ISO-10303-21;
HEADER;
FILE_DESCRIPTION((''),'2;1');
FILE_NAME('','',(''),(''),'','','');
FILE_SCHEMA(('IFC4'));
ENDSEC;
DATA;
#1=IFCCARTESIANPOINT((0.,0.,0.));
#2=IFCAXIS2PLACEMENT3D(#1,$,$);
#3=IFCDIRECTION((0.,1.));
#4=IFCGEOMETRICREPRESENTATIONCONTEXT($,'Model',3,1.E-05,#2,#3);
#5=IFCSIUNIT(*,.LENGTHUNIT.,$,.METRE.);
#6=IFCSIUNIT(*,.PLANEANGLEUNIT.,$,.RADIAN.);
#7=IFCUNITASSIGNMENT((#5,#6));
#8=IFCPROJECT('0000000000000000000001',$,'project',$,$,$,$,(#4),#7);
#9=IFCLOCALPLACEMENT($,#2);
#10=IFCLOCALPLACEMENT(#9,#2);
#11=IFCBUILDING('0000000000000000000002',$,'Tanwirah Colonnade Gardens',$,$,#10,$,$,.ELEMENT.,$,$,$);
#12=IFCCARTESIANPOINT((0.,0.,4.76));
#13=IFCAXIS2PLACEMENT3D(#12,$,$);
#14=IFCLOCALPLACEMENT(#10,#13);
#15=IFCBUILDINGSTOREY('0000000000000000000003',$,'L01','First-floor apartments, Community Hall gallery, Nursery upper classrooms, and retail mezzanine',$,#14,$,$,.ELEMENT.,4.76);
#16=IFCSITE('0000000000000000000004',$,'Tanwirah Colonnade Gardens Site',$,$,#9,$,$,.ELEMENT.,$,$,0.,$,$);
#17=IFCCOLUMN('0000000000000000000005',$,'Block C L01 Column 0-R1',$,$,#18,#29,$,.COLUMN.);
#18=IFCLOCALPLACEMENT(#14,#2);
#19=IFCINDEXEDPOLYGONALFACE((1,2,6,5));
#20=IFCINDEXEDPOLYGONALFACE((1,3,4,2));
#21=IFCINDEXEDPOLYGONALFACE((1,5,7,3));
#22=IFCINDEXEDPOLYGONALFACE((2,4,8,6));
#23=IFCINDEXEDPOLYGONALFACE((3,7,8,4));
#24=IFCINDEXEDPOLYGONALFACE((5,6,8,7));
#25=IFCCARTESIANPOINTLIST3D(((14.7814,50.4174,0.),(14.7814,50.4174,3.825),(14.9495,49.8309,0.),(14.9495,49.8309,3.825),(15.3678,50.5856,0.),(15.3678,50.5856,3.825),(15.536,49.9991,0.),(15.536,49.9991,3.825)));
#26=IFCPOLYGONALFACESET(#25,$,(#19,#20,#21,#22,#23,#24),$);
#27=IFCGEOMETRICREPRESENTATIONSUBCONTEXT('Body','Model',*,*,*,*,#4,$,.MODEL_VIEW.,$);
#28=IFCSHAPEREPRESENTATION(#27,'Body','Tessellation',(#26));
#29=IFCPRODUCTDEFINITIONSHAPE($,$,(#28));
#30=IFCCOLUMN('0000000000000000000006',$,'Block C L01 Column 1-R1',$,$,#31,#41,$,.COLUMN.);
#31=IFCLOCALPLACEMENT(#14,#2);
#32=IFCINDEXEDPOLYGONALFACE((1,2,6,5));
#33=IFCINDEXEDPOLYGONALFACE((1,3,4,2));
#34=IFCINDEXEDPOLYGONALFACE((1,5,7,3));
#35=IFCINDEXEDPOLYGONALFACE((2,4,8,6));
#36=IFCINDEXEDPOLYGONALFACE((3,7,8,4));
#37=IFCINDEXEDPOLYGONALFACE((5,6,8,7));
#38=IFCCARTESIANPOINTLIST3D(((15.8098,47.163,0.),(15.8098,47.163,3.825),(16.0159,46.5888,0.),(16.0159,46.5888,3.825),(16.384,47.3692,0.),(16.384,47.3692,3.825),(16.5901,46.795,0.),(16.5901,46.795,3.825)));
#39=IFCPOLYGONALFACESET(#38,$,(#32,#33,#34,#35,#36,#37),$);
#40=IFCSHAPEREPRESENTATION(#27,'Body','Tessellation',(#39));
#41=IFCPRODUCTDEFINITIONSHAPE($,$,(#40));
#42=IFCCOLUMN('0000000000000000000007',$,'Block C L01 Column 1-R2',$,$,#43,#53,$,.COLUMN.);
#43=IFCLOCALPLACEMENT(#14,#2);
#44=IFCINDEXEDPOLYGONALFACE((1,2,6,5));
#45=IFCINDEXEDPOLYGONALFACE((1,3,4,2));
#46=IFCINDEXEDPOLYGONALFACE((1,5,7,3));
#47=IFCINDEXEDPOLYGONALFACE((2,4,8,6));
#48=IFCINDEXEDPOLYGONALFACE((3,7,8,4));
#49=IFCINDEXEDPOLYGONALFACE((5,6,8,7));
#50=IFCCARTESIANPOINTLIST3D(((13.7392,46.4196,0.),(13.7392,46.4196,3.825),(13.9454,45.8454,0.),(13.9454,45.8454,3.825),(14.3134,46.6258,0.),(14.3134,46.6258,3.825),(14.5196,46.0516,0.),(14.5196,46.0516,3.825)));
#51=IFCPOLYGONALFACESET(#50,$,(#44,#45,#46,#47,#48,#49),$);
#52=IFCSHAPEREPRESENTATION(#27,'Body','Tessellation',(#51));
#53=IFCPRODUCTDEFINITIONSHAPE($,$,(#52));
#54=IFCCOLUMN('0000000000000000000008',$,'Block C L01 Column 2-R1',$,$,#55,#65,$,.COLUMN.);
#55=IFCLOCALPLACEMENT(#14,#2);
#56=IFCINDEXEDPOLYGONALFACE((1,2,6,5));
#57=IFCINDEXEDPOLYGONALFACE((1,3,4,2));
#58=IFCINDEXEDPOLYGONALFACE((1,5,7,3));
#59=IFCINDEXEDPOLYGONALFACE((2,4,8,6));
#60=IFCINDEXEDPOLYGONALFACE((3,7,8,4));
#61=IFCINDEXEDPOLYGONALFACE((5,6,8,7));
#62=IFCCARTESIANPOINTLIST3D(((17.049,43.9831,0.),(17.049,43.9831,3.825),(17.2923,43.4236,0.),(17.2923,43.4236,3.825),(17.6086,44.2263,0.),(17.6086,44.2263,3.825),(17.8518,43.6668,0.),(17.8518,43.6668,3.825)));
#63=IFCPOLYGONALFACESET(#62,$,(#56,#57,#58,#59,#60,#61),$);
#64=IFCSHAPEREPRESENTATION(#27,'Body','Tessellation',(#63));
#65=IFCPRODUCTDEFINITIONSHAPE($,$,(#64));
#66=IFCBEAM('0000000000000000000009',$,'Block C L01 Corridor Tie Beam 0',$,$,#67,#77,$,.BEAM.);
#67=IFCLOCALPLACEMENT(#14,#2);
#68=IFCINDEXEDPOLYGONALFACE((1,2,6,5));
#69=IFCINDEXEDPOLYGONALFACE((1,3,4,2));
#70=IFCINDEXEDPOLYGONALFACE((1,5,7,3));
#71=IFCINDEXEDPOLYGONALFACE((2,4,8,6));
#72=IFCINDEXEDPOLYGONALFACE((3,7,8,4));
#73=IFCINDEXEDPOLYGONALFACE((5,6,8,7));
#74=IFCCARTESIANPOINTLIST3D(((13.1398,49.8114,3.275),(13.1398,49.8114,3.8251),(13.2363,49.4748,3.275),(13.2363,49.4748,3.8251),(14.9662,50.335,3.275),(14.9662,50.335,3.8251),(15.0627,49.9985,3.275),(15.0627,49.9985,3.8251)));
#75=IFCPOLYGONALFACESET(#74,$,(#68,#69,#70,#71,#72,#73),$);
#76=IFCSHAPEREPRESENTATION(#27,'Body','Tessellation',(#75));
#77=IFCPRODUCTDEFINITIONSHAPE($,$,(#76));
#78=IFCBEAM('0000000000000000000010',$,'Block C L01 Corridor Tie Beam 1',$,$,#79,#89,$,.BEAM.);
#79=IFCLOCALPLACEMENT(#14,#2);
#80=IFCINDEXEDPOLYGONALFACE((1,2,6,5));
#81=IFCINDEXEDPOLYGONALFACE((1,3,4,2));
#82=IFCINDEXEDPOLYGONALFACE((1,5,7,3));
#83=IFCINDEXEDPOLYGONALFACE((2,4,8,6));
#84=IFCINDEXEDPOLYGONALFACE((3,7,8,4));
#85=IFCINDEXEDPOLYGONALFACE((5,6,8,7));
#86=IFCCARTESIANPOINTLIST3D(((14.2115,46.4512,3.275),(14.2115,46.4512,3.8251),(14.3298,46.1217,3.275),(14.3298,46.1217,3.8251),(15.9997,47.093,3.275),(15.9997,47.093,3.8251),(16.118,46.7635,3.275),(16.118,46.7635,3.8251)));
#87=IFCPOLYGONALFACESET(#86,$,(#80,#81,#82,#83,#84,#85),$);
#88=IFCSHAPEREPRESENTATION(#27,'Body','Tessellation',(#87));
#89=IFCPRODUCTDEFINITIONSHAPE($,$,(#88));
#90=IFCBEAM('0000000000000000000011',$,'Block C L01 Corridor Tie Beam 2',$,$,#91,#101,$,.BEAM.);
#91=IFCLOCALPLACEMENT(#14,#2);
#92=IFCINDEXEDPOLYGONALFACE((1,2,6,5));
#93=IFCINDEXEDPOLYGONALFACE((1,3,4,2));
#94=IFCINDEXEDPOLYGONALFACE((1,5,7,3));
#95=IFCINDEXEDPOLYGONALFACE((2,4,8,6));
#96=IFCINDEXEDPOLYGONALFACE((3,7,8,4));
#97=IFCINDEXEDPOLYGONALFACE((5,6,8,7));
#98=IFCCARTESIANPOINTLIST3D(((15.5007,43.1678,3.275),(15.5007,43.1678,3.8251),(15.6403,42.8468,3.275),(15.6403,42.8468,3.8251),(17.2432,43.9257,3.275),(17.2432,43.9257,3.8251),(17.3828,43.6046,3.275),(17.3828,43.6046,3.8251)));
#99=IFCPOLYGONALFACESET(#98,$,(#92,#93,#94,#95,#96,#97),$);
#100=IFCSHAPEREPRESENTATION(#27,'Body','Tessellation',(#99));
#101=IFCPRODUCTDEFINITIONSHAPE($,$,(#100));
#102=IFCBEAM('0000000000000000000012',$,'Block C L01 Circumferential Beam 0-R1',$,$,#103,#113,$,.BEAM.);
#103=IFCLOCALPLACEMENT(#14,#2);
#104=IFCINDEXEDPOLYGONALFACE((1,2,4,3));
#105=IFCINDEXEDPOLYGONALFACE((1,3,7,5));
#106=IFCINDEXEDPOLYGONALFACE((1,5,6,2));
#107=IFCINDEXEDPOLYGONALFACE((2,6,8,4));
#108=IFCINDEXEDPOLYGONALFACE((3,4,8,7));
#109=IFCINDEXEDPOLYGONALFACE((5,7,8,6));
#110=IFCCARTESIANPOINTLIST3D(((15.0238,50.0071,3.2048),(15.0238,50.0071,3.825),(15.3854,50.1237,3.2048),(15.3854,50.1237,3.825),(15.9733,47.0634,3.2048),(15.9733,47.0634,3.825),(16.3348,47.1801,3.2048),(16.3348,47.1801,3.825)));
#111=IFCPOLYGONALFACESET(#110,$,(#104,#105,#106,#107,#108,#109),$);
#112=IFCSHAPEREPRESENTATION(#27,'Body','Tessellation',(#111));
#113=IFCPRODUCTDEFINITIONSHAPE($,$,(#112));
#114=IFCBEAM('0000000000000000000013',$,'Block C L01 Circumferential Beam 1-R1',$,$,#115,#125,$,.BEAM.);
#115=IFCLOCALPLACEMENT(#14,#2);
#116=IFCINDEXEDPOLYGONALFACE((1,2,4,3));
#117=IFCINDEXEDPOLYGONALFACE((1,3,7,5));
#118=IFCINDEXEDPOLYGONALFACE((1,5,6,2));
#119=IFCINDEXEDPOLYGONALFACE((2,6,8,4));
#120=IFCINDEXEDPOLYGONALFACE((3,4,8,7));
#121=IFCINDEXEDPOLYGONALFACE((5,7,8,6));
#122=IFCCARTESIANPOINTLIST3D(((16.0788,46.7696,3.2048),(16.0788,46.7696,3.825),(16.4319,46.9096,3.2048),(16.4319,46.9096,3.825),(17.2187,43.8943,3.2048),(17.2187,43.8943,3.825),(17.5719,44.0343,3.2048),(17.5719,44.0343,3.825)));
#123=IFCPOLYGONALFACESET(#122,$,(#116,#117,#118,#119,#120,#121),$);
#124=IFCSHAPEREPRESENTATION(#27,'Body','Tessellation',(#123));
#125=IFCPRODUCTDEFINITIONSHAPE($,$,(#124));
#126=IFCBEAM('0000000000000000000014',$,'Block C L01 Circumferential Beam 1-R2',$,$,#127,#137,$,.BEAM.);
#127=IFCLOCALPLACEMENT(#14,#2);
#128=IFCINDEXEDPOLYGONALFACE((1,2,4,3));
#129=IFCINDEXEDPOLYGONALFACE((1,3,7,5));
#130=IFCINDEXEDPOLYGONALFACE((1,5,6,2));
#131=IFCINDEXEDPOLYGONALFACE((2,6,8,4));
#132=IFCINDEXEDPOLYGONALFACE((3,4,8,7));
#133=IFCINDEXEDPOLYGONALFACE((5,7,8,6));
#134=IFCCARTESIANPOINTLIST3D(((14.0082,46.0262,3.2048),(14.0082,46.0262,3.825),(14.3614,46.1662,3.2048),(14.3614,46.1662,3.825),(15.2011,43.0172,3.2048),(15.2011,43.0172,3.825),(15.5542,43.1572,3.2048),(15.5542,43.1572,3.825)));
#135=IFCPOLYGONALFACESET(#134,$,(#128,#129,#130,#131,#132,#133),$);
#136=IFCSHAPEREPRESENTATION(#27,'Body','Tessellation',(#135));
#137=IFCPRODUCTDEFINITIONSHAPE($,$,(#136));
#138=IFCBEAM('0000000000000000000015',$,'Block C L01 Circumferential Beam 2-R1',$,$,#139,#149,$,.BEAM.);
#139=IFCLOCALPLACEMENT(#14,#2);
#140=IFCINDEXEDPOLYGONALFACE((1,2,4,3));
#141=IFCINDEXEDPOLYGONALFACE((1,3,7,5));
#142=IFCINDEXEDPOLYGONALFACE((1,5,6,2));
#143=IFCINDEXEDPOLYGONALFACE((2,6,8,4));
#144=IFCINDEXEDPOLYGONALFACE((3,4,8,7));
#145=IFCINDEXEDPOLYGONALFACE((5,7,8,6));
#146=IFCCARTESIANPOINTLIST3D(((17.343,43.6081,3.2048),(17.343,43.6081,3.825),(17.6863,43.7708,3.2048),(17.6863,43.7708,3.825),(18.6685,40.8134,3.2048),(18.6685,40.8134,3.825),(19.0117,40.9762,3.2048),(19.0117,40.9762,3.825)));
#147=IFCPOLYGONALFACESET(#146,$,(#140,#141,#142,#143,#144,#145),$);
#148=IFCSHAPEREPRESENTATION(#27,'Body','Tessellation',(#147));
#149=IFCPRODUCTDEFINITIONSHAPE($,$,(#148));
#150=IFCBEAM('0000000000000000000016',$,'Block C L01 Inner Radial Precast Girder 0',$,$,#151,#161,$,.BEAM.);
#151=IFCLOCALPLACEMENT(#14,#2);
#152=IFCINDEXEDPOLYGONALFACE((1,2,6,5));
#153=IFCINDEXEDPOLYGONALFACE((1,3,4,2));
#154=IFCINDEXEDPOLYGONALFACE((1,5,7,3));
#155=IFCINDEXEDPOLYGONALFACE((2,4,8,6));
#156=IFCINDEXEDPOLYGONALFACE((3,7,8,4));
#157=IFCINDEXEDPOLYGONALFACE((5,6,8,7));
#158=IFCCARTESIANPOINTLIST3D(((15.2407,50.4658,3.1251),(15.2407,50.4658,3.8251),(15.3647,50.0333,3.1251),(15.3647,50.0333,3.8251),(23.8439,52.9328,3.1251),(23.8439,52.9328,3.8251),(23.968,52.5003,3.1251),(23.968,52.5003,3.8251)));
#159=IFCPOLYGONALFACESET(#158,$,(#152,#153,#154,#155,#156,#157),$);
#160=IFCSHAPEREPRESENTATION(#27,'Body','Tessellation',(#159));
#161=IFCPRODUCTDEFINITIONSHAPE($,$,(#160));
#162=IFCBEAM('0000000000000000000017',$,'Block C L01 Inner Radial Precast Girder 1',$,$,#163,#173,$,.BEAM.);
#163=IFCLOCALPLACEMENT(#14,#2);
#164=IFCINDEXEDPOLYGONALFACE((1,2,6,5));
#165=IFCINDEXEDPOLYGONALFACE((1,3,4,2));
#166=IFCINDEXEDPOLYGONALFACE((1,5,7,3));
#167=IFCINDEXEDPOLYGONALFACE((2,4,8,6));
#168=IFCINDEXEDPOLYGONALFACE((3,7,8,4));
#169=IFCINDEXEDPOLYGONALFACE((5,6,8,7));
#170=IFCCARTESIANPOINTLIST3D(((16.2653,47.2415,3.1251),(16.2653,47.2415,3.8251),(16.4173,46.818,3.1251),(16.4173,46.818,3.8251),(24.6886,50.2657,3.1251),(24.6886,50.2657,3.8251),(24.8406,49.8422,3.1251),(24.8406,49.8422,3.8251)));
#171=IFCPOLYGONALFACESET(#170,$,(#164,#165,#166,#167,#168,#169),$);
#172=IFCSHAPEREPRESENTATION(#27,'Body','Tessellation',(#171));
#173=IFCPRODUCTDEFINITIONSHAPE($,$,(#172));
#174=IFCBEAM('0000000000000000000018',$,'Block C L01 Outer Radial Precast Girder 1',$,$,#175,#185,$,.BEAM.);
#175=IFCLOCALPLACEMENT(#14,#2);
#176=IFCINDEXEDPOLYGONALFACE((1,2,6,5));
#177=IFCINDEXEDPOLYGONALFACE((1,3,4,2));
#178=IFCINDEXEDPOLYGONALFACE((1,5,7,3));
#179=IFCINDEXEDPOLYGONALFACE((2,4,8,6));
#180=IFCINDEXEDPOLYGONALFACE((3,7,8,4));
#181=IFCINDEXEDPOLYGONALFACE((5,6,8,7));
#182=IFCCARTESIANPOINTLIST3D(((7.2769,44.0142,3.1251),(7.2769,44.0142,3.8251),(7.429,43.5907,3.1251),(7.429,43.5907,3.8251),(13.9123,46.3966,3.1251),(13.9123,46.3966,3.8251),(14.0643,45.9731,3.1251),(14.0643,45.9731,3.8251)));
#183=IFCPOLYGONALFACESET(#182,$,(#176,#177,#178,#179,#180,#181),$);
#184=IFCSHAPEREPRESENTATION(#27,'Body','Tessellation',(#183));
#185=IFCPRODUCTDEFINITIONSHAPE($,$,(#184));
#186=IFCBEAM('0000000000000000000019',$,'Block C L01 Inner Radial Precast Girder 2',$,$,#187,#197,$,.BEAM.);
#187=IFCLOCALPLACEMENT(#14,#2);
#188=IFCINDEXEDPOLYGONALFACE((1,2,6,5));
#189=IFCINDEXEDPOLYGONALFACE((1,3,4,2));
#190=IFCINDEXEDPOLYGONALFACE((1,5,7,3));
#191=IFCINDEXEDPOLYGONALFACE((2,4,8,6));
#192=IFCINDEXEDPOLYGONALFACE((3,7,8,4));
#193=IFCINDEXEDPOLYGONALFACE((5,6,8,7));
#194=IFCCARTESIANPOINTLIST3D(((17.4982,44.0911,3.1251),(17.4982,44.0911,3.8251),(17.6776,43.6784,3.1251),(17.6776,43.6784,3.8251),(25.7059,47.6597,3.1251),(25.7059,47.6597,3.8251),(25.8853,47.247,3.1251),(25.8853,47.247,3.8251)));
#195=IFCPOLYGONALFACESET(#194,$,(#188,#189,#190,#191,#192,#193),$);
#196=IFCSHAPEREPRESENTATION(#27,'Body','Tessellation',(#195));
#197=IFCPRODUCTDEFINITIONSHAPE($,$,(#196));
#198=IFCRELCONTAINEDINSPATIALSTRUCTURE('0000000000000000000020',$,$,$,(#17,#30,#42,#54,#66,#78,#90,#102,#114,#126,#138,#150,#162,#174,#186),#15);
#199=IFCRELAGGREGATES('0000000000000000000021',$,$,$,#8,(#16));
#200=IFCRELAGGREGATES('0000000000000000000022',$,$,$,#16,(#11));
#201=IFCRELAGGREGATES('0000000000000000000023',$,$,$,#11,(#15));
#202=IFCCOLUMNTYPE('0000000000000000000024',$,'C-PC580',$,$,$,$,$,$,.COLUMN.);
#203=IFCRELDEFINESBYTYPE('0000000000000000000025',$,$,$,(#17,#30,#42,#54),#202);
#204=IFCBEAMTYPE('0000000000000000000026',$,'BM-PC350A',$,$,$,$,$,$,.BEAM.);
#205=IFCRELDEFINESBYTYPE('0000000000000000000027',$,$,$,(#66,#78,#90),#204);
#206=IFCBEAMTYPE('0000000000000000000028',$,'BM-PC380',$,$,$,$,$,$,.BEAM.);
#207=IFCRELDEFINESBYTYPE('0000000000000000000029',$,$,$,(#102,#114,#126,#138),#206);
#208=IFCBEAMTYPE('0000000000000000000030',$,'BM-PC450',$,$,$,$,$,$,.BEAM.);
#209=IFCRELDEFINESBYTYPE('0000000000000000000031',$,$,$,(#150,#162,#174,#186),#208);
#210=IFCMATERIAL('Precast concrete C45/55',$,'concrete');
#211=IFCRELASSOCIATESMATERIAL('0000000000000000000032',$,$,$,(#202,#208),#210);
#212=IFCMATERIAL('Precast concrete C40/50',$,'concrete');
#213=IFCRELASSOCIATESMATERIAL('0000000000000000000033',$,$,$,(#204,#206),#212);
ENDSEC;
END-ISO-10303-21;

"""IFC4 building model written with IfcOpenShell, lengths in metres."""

from ifc_helpers import new_model, si_unit, direction, frame, origin, origin_2d, place, context, subcontext, project, spatial, rectangle, extrude, material, material_profile, profile_set, type_object, element, save


model = new_model("IFC4")

# Units and contexts
model_context = context("Model", 3, precision=1e-05, world=origin(), true_north=direction((0.0, 1.0)))
body_context = subcontext(model_context, "Body", "Model", "MODEL_VIEW")
ifc_project = project(units=[si_unit("LENGTHUNIT", "METRE"), si_unit("PLANEANGLEUNIT", "RADIAN")], contexts=[model_context])

# Site, building, storey
site_placement = place(None, origin())
site = spatial("IfcSite", under=ifc_project, at=site_placement, Name="Tanwirah Colonnade Gardens Site", CompositionType="ELEMENT", RefElevation=0.0)
building_placement = place(site_placement, origin())
building = spatial("IfcBuilding", under=site, at=building_placement, Name="Tanwirah Colonnade Gardens", CompositionType="ELEMENT")
storey_placement = place(building_placement, frame((0.0, 0.0, 4.76)))
storey = spatial("IfcBuildingStorey", under=building, at=storey_placement, Name="L01", Description="First-floor apartments, Community Hall gallery, Nursery upper classrooms, and retail mezzanine", CompositionType="ELEMENT", Elevation=4.76)

# Columns
ifc_material_1 = material(Name="Precast concrete C45/55", Category="concrete")
ifc_material_profile_1 = material_profile(ifc_material_1, rectangle(XDim=0.6101, YDim=0.6101, at=origin_2d()), Name="PC-COL 610x610")
ifc_profile_set_1 = profile_set([ifc_material_profile_1], Name="Precast concrete C45/55")
column_type = type_object("IfcColumnType", Name="C-PC580", PredefinedType="COLUMN", material=ifc_profile_set_1)
for number, where, z_axis, x_axis, name in (
    (1, (15.1587, 50.2083, 0.0), (0.0, 0.0, 1.0), (-0.961262, -0.275637, 0.0), "Block C L01 Column 0-R1"),
    (2, (16.2, 46.979, 0.0), (0.0, 0.0, 1.0), (-0.941176, -0.337917, 0.0), "Block C L01 Column 1-R1"),
    (3, (14.1294, 46.2356, 0.0), (0.0, 0.0, 1.0), (-0.941176, -0.337917, 0.0), "Block C L01 Column 1-R2"),
    (4, (17.4504, 43.825, 0.0), (0.0, 0.0, 1.0), (-0.91706, -0.398749, 0.0), "Block C L01 Column 2-R1"),
):
    element("IfcColumn", number, at=place(storey_placement, frame(where, z_axis=z_axis, x_axis=x_axis)), inside=storey, type_object=column_type, Name=name, PredefinedType="COLUMN", context=body_context, shape_type="SweptSolid", body=[
        extrude(rectangle(XDim=0.6101, YDim=0.6101, at=origin_2d()), origin(), (0.0, 0.0, 1.0), 3.825),
    ])

# Beams
ifc_material_2 = material(Name="Precast concrete C40/50", Category="concrete")
ifc_material_profile_2 = material_profile(ifc_material_2, rectangle(XDim=0.3501, YDim=0.55, at=origin_2d()), Name="PC-BM 350x550")
ifc_profile_set_2 = profile_set([ifc_material_profile_2], Name="Precast concrete C40/50")
beam_type_1 = type_object("IfcBeamType", Name="BM-PC350A", PredefinedType="BEAM", material=ifc_profile_set_2)
for number, where, z_axis, x_axis, name in (
    (5, (15.0144, 50.1667, 3.55), (-0.961267, -0.27562, 0.0), (0.27562, -0.961267, 0.0), "Block C L01 Corridor Tie Beam 0"),
    (6, (16.0588, 46.9282, 3.55), (-0.941215, -0.337809, 0.0), (0.337809, -0.941215, 0.0), "Block C L01 Corridor Tie Beam 1"),
):
    element("IfcBeam", number, at=place(storey_placement, frame(where, z_axis=z_axis, x_axis=x_axis)), inside=storey, type_object=beam_type_1, Name=name, PredefinedType="BEAM", context=body_context, shape_type="SweptSolid", body=[
        extrude(rectangle(XDim=0.3501, YDim=0.55, at=origin_2d()), origin(), (0.0, 0.0, 1.0), 1.8999),
    ])
beam_1_placement = place(storey_placement, frame((17.313, 43.7651, 3.55), z_axis=(-0.917025, -0.398829, 0.0), x_axis=(0.398829, -0.917025, 0.0)))
element("IfcBeam", 7, at=beam_1_placement, inside=storey, type_object=beam_type_1, Name="Block C L01 Corridor Tie Beam 2", PredefinedType="BEAM", context=body_context, shape_type="SweptSolid", body=[
    extrude(rectangle(XDim=0.3501, YDim=0.55, at=origin_2d()), origin(), (0.0, 0.0, 1.0), 1.9001),
])
ifc_material_profile_3 = material_profile(ifc_material_2, rectangle(XDim=0.3799, YDim=0.6201, at=origin_2d()), Name="PC-BM 380x620")
ifc_profile_set_3 = profile_set([ifc_material_profile_3], Name="Precast concrete C40/50")
beam_type_2 = type_object("IfcBeamType", Name="BM-PC380", PredefinedType="BEAM", material=ifc_profile_set_3)
for number, where, z_axis, x_axis, name in (
    (8, (15.2046, 50.0654, 3.5149), (0.306977, -0.951717, 0.0), (0.951717, 0.306977, 0.0), "Block C L01 Circumferential Beam 0-R1"),
    (9, (16.2554, 46.8396, 3.5149), (0.368545, -0.92961, 0.0), (0.92961, 0.368545, 0.0), "Block C L01 Circumferential Beam 1-R1"),
):
    element("IfcBeam", number, at=place(storey_placement, frame(where, z_axis=z_axis, x_axis=x_axis)), inside=storey, type_object=beam_type_2, Name=name, PredefinedType="BEAM", context=body_context, shape_type="SweptSolid", body=[
        extrude(rectangle(XDim=0.3799, YDim=0.6201, at=origin_2d()), origin(), (0.0, 0.0, 1.0), 3.093),
    ])
beam_2_placement = place(storey_placement, frame((14.1848, 46.0962, 3.5149), z_axis=(0.368528, -0.929617, 0.0), x_axis=(0.929617, 0.368528, 0.0)))
element("IfcBeam", 10, at=beam_2_placement, inside=storey, type_object=beam_type_2, Name="Block C L01 Circumferential Beam 1-R2", PredefinedType="BEAM", context=body_context, shape_type="SweptSolid", body=[
    extrude(rectangle(XDim=0.3799, YDim=0.6201, at=origin_2d()), origin(), (0.0, 0.0, 1.0), 3.2368),
])
beam_3_placement = place(storey_placement, frame((17.5146, 43.6895, 3.5149), z_axis=(0.428521, -0.903532, 0.0), x_axis=(0.903532, 0.428521, 0.0)))
element("IfcBeam", 11, at=beam_3_placement, inside=storey, type_object=beam_type_2, Name="Block C L01 Circumferential Beam 2-R1", PredefinedType="BEAM", context=body_context, shape_type="SweptSolid", body=[
    extrude(rectangle(XDim=0.3799, YDim=0.6201, at=origin_2d()), origin(), (0.0, 0.0, 1.0), 3.093),
])
ifc_material_profile_4 = material_profile(ifc_material_1, rectangle(XDim=0.45, YDim=0.7, at=origin_2d()), Name="PC-BM 450x700")
ifc_profile_set_4 = profile_set([ifc_material_profile_4], Name="Precast concrete C45/55")
beam_type_3 = type_object("IfcBeamType", Name="BM-PC450", PredefinedType="BEAM", material=ifc_profile_set_4)
beam_4_placement = place(storey_placement, frame((15.3027, 50.2495, 3.4751), z_axis=(0.961259, 0.275647, 0.0), x_axis=(-0.275647, 0.961259, 0.0)))
element("IfcBeam", 12, at=beam_4_placement, inside=storey, type_object=beam_type_3, Name="Block C L01 Inner Radial Precast Girder 0", PredefinedType="BEAM", context=body_context, shape_type="SweptSolid", body=[
    extrude(rectangle(XDim=0.45, YDim=0.7, at=origin_2d()), origin(), (0.0, 0.0, 1.0), 8.95),
])
beam_5_placement = place(storey_placement, frame((16.3413, 47.0298, 3.4751), z_axis=(0.94118, 0.337905, 0.0), x_axis=(-0.337905, 0.94118, 0.0)))
element("IfcBeam", 13, at=beam_5_placement, inside=storey, type_object=beam_type_3, Name="Block C L01 Inner Radial Precast Girder 1", PredefinedType="BEAM", context=body_context, shape_type="SweptSolid", body=[
    extrude(rectangle(XDim=0.45, YDim=0.7, at=origin_2d()), origin(), (0.0, 0.0, 1.0), 8.9497),
])
beam_6_placement = place(storey_placement, frame((13.9883, 46.1848, 3.4751), z_axis=(-0.941175, -0.33792, 0.0), x_axis=(0.33792, -0.941175, 0.0)))
element("IfcBeam", 14, at=beam_6_placement, inside=storey, type_object=beam_type_3, Name="Block C L01 Outer Radial Precast Girder 1", PredefinedType="BEAM", context=body_context, shape_type="SweptSolid", body=[
    extrude(rectangle(XDim=0.45, YDim=0.7, at=origin_2d()), origin(), (0.0, 0.0, 1.0), 7.05),
])
beam_7_placement = place(storey_placement, frame((17.5879, 43.8848, 3.4751), z_axis=(0.91707, 0.398727, 0.0), x_axis=(-0.398727, 0.91707, 0.0)))
element("IfcBeam", 15, at=beam_7_placement, inside=storey, type_object=beam_type_3, Name="Block C L01 Inner Radial Precast Girder 2", PredefinedType="BEAM", context=body_context, shape_type="SweptSolid", body=[
    extrude(rectangle(XDim=0.45, YDim=0.7, at=origin_2d()), origin(), (0.0, 0.0, 1.0), 8.95),
])

save(model, "model.ifc")
